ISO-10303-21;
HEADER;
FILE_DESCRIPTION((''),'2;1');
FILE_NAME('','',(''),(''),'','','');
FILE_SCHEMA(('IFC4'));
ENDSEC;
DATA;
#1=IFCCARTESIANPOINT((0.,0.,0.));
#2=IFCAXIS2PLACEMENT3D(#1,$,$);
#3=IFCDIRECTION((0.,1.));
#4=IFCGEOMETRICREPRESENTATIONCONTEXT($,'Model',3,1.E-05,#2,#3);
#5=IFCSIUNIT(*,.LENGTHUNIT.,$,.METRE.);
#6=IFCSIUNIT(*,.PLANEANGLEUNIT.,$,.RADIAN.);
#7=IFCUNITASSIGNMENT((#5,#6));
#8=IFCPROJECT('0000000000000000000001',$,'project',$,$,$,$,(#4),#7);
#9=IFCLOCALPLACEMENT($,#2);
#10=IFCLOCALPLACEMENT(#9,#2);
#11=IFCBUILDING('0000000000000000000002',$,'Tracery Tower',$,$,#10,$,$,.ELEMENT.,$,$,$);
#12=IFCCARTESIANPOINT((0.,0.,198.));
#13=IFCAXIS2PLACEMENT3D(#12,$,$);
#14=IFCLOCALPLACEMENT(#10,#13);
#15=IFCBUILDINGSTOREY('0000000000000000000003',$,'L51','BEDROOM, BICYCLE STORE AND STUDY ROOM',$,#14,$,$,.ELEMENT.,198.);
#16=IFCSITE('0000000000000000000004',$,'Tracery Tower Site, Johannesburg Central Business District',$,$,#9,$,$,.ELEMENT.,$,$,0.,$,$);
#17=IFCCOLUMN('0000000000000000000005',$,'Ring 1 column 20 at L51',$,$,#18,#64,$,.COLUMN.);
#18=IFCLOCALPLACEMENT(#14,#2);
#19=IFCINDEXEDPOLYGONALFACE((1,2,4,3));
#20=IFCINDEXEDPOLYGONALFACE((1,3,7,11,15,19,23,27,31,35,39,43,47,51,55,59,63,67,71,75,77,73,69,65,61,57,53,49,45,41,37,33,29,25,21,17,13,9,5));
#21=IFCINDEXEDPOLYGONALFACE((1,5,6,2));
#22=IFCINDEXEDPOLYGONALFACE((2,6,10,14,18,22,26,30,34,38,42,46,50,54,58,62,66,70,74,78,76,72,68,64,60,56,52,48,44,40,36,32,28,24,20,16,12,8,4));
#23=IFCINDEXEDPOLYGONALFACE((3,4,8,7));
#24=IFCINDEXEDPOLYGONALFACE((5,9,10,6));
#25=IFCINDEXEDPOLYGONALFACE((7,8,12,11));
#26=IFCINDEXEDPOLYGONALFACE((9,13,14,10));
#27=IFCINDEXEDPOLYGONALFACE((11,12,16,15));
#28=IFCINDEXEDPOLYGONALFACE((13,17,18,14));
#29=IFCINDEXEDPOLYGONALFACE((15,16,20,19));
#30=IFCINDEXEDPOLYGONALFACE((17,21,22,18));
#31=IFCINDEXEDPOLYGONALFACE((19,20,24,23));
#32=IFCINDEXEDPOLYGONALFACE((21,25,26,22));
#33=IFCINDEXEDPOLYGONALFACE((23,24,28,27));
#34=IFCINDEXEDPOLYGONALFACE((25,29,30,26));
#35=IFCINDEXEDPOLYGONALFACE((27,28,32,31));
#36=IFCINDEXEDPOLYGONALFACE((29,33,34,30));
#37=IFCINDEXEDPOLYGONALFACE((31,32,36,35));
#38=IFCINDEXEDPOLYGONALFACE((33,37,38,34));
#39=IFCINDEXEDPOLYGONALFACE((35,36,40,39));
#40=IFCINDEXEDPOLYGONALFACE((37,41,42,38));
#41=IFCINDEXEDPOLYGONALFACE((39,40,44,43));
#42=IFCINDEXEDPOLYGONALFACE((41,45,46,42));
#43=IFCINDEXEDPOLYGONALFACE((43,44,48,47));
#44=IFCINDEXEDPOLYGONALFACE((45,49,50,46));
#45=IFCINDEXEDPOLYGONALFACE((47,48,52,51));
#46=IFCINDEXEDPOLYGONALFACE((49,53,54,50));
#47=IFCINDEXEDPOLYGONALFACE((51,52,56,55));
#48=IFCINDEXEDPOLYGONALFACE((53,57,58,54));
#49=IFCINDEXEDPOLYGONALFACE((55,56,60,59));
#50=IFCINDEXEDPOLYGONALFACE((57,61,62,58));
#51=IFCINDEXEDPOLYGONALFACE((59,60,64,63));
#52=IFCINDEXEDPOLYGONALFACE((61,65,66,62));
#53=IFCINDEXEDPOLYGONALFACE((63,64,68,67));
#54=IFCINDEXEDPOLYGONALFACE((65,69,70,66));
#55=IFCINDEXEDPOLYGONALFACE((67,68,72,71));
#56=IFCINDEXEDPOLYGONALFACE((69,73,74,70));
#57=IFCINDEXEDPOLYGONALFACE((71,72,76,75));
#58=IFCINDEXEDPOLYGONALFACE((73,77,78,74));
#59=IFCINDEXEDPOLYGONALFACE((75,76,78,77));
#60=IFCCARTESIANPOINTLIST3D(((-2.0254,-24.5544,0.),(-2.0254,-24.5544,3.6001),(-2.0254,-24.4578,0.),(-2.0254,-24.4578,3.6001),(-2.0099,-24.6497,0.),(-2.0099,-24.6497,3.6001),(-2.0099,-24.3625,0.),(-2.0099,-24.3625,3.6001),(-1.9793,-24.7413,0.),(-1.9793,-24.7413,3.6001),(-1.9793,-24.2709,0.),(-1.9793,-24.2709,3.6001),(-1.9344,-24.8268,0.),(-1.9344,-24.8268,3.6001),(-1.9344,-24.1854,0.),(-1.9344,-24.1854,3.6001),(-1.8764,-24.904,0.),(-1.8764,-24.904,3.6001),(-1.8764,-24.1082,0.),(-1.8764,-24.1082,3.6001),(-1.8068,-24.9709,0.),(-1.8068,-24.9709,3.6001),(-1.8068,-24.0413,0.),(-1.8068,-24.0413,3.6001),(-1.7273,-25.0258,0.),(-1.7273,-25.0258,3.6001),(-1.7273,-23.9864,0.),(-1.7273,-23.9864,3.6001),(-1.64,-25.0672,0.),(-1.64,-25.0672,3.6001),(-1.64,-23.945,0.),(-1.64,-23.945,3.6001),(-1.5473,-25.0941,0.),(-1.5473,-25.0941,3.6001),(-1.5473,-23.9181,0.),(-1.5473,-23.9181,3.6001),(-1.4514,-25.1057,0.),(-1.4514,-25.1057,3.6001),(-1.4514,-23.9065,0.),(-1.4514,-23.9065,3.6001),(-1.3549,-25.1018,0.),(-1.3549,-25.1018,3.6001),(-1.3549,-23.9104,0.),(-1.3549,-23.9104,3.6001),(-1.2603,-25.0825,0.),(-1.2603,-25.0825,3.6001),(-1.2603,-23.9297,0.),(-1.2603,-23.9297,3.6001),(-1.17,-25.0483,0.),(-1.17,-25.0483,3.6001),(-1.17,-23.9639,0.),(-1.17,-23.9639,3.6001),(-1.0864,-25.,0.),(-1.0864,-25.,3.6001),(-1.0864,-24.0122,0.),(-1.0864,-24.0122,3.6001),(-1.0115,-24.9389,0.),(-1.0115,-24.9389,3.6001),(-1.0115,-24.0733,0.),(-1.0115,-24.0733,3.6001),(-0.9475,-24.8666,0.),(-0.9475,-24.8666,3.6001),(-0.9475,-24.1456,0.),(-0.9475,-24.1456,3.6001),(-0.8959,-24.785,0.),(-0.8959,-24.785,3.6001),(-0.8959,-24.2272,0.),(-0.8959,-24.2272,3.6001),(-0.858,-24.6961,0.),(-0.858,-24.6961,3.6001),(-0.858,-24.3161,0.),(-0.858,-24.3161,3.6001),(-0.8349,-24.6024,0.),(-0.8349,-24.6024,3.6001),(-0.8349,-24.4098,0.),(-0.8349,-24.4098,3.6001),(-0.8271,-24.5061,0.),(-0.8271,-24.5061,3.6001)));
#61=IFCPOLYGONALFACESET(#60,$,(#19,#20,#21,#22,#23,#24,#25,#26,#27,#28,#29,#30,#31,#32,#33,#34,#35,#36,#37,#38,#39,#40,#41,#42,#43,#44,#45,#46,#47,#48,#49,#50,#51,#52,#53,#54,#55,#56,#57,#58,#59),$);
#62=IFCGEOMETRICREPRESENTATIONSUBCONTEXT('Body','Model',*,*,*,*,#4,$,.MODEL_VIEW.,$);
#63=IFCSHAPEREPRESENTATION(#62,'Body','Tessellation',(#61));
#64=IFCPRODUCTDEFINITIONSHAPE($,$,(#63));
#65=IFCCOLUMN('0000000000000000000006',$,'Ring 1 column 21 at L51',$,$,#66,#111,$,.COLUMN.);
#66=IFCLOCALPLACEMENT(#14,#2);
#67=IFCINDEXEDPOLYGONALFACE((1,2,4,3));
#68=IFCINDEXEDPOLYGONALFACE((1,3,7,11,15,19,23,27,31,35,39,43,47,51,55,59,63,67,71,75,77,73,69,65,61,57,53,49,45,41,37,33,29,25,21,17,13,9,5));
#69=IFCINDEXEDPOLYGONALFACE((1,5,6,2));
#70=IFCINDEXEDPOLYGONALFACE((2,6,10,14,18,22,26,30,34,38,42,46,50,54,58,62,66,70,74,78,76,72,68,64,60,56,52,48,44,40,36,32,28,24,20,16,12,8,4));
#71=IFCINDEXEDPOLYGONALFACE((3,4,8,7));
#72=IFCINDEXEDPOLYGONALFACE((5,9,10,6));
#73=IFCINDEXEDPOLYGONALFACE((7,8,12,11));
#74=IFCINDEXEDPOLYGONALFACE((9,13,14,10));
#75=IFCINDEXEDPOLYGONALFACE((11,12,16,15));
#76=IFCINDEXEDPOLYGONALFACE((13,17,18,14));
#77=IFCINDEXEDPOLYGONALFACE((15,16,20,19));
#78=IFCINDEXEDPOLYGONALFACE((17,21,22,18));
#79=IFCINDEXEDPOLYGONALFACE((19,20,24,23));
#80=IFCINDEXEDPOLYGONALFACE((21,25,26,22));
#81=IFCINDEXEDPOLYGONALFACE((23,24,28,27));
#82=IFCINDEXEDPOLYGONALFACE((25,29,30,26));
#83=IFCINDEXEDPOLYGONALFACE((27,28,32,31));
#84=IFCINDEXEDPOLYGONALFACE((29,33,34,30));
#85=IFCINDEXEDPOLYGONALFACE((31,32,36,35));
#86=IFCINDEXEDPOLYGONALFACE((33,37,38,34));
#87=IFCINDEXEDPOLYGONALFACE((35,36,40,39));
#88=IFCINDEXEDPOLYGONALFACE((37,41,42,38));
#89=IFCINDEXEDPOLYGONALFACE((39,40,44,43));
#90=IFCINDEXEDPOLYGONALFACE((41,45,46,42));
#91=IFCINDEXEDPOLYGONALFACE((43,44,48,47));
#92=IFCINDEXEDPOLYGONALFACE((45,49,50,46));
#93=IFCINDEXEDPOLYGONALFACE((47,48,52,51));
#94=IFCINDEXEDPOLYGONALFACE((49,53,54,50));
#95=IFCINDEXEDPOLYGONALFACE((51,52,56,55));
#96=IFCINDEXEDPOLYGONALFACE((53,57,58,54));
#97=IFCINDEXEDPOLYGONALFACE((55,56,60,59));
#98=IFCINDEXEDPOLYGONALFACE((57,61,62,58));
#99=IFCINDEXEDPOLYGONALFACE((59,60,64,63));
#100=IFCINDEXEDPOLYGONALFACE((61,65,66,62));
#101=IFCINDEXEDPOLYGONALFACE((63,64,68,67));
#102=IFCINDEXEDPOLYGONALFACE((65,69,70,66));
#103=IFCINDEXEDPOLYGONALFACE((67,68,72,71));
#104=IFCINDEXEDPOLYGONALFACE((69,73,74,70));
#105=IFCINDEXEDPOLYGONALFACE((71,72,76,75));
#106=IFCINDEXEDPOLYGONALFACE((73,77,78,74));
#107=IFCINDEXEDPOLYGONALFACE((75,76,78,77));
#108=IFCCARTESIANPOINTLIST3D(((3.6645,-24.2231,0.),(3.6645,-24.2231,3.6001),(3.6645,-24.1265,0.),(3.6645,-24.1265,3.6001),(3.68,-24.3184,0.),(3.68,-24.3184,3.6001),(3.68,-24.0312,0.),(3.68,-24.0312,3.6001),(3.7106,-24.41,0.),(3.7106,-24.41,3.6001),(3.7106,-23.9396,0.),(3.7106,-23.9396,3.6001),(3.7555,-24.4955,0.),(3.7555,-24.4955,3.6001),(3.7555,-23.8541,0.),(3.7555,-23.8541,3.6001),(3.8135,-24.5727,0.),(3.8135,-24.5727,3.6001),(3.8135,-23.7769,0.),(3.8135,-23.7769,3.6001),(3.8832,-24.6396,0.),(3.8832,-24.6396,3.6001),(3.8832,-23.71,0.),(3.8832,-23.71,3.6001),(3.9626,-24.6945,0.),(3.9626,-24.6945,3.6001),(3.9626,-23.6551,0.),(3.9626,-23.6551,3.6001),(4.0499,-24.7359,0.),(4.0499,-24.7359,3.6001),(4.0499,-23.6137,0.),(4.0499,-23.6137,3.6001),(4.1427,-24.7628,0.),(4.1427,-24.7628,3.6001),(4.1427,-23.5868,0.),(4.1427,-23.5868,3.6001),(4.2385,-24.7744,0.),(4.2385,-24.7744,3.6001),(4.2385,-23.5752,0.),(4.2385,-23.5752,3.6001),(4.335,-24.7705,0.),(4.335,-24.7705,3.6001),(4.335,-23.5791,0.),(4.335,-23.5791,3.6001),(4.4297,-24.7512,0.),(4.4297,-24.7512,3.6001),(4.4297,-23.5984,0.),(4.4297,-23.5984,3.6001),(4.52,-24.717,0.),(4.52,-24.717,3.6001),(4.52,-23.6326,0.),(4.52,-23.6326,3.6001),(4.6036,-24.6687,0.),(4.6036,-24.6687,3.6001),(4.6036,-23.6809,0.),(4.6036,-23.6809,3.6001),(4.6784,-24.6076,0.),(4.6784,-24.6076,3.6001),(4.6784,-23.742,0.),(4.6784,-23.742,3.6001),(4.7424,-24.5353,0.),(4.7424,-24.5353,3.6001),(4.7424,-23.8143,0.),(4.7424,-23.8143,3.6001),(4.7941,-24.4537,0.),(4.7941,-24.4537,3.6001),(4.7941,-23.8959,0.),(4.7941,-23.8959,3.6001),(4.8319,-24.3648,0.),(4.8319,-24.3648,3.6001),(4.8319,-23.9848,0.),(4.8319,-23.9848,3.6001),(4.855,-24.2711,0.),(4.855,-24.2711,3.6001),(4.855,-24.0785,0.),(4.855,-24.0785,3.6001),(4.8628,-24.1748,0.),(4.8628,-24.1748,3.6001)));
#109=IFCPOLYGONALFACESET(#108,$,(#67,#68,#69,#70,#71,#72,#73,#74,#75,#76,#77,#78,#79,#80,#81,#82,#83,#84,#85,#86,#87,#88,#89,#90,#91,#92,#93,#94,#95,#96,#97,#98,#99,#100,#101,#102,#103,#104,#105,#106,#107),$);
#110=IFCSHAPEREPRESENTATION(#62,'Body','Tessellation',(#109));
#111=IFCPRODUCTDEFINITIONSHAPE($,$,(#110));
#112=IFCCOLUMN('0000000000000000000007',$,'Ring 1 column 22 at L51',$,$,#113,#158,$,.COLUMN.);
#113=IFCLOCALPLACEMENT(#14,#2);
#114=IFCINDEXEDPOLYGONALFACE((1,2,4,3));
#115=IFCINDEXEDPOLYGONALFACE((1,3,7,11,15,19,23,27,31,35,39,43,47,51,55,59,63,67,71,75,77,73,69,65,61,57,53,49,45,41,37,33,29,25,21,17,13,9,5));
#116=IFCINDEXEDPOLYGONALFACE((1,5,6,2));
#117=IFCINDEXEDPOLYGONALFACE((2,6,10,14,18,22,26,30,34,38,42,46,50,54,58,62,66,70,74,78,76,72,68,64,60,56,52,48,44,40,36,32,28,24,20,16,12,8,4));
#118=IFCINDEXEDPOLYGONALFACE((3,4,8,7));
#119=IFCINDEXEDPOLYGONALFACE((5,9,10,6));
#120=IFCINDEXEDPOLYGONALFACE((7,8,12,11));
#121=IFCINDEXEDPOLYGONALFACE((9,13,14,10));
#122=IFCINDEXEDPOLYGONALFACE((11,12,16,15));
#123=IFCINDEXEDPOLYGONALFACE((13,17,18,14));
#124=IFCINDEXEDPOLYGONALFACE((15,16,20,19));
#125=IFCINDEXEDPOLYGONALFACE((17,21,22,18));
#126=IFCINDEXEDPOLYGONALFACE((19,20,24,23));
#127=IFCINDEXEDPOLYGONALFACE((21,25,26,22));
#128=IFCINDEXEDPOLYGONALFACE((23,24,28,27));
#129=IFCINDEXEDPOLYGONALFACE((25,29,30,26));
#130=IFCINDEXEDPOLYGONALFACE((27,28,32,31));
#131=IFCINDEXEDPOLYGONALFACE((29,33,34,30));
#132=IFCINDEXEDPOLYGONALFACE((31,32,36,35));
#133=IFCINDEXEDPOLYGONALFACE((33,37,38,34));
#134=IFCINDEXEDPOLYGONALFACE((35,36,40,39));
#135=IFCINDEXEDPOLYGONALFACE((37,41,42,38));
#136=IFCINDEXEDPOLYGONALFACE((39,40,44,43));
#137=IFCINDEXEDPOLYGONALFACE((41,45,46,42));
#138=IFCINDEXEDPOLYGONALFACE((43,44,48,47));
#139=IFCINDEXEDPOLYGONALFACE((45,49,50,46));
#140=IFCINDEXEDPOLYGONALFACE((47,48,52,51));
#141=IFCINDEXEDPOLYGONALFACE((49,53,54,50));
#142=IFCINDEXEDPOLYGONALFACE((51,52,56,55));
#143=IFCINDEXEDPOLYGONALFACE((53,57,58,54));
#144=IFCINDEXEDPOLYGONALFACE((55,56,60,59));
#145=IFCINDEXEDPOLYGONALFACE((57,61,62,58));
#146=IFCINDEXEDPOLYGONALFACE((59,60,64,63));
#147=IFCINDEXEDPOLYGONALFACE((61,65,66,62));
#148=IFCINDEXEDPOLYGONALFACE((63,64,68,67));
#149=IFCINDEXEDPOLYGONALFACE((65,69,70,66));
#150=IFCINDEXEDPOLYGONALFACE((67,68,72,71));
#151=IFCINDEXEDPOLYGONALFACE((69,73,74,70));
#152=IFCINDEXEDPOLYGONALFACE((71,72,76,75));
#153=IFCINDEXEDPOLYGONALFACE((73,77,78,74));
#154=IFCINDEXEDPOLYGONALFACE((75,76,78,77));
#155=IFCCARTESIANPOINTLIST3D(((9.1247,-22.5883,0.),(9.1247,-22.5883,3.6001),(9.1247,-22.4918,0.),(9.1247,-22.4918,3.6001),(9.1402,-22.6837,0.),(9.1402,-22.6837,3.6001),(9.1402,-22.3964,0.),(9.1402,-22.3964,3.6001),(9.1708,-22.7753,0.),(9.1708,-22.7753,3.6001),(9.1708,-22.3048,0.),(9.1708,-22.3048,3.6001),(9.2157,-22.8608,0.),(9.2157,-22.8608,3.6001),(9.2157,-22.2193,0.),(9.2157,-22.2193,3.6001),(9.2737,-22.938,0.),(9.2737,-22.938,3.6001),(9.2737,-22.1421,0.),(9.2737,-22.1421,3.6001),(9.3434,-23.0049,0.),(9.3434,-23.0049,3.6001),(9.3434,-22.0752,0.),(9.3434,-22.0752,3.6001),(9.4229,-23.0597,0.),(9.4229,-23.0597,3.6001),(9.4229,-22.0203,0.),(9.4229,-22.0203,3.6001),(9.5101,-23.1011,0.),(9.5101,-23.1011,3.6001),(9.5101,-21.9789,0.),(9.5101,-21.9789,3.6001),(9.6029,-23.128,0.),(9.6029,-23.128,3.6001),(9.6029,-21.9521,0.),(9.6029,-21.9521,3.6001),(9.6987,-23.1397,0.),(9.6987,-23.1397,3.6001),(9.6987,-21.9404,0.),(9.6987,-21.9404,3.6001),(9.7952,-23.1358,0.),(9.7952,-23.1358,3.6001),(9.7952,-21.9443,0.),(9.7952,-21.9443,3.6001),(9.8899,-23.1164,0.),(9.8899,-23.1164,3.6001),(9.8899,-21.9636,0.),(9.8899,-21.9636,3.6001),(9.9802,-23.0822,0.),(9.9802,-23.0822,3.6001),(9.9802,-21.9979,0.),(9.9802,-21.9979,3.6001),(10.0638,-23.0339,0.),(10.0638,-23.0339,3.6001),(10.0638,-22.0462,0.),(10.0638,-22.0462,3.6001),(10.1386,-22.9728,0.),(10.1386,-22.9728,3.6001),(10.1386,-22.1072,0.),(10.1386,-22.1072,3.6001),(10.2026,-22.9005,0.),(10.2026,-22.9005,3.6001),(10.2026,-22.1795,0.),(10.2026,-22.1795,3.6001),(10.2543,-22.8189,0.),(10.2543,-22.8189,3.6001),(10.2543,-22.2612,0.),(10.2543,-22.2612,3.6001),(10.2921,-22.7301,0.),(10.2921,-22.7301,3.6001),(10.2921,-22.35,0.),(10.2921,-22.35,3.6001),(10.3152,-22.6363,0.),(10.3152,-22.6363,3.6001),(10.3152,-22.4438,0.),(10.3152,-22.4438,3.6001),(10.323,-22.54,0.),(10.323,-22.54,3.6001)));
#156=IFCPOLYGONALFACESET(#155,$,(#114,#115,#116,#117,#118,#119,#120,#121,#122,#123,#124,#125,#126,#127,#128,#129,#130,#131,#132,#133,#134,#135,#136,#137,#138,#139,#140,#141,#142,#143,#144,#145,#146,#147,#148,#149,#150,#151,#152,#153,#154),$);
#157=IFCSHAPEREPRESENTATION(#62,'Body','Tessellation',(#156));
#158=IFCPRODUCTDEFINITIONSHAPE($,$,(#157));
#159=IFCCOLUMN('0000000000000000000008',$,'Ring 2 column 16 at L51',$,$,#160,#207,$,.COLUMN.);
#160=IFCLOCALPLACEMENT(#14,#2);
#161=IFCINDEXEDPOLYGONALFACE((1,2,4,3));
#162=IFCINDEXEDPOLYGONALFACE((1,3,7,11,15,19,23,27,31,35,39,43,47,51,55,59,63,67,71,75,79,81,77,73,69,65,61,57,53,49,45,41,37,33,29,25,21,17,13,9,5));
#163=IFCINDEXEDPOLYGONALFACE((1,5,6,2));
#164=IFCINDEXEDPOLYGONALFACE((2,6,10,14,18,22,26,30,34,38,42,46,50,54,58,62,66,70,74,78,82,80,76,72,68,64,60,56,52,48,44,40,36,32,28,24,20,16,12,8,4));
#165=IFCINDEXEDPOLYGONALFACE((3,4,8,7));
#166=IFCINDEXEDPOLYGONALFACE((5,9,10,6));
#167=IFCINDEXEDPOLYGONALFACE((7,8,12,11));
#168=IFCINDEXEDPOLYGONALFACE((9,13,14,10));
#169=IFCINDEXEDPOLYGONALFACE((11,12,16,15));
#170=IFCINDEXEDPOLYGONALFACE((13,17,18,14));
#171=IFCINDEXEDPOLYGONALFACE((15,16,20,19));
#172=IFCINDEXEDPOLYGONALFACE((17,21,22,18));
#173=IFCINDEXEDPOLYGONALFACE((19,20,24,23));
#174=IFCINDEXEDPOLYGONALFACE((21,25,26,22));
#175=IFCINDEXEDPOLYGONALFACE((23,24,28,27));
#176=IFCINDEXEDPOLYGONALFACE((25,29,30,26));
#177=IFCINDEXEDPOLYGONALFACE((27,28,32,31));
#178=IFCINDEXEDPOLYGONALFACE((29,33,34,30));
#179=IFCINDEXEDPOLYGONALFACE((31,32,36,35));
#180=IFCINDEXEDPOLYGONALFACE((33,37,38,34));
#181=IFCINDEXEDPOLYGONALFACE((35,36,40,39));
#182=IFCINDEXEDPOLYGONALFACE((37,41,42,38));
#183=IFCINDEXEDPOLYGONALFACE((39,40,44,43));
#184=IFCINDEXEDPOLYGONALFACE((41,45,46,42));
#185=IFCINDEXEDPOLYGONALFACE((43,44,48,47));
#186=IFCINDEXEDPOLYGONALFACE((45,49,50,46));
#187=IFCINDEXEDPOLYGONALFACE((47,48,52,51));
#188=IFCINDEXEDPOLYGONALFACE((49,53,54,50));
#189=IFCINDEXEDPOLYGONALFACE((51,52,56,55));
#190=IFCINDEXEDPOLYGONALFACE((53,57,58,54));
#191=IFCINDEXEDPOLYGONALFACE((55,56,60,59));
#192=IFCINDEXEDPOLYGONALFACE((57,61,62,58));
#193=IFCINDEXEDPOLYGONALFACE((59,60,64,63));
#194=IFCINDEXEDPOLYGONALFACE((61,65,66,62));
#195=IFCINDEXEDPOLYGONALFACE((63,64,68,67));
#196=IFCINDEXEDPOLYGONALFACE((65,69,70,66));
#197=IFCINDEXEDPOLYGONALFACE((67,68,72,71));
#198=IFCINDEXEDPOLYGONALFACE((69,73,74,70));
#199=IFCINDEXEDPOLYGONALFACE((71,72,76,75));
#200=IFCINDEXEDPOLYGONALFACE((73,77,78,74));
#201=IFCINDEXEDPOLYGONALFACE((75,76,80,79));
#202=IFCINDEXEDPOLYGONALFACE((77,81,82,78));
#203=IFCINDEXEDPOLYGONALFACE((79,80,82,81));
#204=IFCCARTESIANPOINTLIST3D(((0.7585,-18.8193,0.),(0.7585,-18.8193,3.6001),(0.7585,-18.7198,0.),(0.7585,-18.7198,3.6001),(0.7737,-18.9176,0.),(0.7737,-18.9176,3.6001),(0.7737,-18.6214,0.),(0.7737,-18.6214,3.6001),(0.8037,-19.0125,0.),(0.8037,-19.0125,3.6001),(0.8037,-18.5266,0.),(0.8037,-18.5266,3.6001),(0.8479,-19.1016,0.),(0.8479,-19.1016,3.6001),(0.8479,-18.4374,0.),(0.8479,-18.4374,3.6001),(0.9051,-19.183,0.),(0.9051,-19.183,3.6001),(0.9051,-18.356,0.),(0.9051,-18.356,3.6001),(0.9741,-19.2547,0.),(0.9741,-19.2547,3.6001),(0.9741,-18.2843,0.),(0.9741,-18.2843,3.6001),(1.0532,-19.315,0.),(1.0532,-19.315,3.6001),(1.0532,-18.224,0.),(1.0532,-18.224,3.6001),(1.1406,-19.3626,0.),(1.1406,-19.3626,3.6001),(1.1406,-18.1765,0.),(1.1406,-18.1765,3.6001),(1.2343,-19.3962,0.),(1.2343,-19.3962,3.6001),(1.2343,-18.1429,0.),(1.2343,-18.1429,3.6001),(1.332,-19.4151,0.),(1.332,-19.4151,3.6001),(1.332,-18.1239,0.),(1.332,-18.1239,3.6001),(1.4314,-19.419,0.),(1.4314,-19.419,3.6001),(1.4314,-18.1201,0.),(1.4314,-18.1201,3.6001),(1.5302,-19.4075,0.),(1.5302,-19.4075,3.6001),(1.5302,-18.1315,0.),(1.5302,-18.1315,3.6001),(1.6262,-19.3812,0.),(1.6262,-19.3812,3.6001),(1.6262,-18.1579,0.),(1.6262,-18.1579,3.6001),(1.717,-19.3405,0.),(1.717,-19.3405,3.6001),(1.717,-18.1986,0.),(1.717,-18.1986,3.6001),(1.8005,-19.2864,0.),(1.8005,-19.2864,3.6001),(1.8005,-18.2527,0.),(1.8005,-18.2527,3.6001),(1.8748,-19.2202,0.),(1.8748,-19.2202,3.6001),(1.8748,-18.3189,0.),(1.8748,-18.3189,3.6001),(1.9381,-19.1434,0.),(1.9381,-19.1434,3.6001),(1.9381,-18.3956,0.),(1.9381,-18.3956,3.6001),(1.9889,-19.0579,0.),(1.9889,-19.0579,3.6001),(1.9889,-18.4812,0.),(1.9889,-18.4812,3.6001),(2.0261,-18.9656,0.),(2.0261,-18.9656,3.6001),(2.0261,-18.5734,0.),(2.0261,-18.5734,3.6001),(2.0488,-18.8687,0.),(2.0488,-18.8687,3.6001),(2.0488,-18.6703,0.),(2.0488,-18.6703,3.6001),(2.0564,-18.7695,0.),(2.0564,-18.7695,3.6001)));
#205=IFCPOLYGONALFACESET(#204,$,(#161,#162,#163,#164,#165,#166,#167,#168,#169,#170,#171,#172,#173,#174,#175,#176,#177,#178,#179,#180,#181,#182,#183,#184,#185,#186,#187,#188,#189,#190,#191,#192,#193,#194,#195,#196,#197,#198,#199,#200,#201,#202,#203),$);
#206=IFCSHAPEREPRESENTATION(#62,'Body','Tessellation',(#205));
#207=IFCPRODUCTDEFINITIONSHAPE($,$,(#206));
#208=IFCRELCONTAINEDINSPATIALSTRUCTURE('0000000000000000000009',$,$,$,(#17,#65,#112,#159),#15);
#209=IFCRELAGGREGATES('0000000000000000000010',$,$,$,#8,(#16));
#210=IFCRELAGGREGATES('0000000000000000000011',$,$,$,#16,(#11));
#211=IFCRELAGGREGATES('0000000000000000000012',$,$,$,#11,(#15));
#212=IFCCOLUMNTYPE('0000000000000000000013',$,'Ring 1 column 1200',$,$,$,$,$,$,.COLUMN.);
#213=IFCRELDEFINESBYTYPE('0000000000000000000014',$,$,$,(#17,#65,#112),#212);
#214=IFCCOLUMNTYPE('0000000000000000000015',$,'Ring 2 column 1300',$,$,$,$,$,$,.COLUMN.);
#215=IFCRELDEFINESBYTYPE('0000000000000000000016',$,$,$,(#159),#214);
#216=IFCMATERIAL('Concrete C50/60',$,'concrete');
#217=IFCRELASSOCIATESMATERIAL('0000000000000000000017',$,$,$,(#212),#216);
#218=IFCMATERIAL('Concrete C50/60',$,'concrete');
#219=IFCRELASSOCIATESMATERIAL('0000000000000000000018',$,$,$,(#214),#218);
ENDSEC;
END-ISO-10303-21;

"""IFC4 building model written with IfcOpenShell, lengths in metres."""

from ifc_helpers import new_model, si_unit, direction, frame, origin, origin_2d, place, context, subcontext, project, spatial, circle, extrude, material, material_profile, profile_set, type_object, element, save


model = new_model("IFC4")

# Units and contexts
model_context = context("Model", 3, precision=1e-05, world=origin(), true_north=direction((0.0, 1.0)))
body_context = subcontext(model_context, "Body", "Model", "MODEL_VIEW")
ifc_project = project(units=[si_unit("LENGTHUNIT", "METRE"), si_unit("PLANEANGLEUNIT", "RADIAN")], contexts=[model_context])

# Site, building, storey
site_placement = place(None, origin())
site = spatial("IfcSite", under=ifc_project, at=site_placement, Name="Tracery Tower Site, Johannesburg Central Business District", CompositionType="ELEMENT", RefElevation=0.0)
building_placement = place(site_placement, origin())
building = spatial("IfcBuilding", under=site, at=building_placement, Name="Tracery Tower", CompositionType="ELEMENT")
storey_placement = place(building_placement, frame((0.0, 0.0, 198.0)))
storey = spatial("IfcBuildingStorey", under=building, at=storey_placement, Name="L51", Description="BEDROOM, BICYCLE STORE AND STUDY ROOM", CompositionType="ELEMENT", Elevation=198.0)

# Columns
ifc_material_1 = material(Name="Concrete C50/60", Category="concrete")
ifc_material_profile_1 = material_profile(ifc_material_1, circle(Radius=0.6001, at=origin_2d()), Name="RC D1200")
ifc_profile_set_1 = profile_set([ifc_material_profile_1], Name="Concrete C50/60")
column_type_1 = type_object("IfcColumnType", Name="Ring 1 column 1200", PredefinedType="COLUMN", material=ifc_profile_set_1)
for number, where, z_axis, x_axis, name in (
    (1, (-1.4272, -24.5061, 0.0), (0.0, 0.0, 1.0), (1.0, 0.0, 0.0), "Ring 1 column 20 at L51"),
    (2, (4.2627, -24.1748, 0.0), (0.0, 0.0, 1.0), (1.0, 0.0, 0.0), "Ring 1 column 21 at L51"),
    (3, (9.7229, -22.54, 0.0), (0.0, 0.0, 1.0), (1.0, 0.0, 0.0), "Ring 1 column 22 at L51"),
):
    element("IfcColumn", number, at=place(storey_placement, frame(where, z_axis=z_axis, x_axis=x_axis)), inside=storey, type_object=column_type_1, Name=name, PredefinedType="COLUMN", context=body_context, shape_type="SweptSolid", body=[
        extrude(circle(Radius=0.6001, at=origin_2d()), origin(), (0.0, 0.0, 1.0), 3.6001),
    ])
ifc_material_2 = material(Name="Concrete C50/60", Category="concrete")
ifc_material_profile_2 = material_profile(ifc_material_2, circle(Radius=0.6499, at=origin_2d()), Name="RC D1300")
ifc_profile_set_2 = profile_set([ifc_material_profile_2], Name="Concrete C50/60")
column_type_2 = type_object("IfcColumnType", Name="Ring 2 column 1300", PredefinedType="COLUMN", material=ifc_profile_set_2)
for number, where, z_axis, x_axis, name in (
    (4, (1.4065, -18.7695, 0.0), (0.0, 0.0, 1.0), (1.0, 0.0, 0.0), "Ring 2 column 16 at L51"),
):
    element("IfcColumn", number, at=place(storey_placement, frame(where, z_axis=z_axis, x_axis=x_axis)), inside=storey, type_object=column_type_2, Name=name, PredefinedType="COLUMN", context=body_context, shape_type="SweptSolid", body=[
        extrude(circle(Radius=0.6499, at=origin_2d()), origin(), (0.0, 0.0, 1.0), 3.6001),
    ])

save(model, "model.ifc")
